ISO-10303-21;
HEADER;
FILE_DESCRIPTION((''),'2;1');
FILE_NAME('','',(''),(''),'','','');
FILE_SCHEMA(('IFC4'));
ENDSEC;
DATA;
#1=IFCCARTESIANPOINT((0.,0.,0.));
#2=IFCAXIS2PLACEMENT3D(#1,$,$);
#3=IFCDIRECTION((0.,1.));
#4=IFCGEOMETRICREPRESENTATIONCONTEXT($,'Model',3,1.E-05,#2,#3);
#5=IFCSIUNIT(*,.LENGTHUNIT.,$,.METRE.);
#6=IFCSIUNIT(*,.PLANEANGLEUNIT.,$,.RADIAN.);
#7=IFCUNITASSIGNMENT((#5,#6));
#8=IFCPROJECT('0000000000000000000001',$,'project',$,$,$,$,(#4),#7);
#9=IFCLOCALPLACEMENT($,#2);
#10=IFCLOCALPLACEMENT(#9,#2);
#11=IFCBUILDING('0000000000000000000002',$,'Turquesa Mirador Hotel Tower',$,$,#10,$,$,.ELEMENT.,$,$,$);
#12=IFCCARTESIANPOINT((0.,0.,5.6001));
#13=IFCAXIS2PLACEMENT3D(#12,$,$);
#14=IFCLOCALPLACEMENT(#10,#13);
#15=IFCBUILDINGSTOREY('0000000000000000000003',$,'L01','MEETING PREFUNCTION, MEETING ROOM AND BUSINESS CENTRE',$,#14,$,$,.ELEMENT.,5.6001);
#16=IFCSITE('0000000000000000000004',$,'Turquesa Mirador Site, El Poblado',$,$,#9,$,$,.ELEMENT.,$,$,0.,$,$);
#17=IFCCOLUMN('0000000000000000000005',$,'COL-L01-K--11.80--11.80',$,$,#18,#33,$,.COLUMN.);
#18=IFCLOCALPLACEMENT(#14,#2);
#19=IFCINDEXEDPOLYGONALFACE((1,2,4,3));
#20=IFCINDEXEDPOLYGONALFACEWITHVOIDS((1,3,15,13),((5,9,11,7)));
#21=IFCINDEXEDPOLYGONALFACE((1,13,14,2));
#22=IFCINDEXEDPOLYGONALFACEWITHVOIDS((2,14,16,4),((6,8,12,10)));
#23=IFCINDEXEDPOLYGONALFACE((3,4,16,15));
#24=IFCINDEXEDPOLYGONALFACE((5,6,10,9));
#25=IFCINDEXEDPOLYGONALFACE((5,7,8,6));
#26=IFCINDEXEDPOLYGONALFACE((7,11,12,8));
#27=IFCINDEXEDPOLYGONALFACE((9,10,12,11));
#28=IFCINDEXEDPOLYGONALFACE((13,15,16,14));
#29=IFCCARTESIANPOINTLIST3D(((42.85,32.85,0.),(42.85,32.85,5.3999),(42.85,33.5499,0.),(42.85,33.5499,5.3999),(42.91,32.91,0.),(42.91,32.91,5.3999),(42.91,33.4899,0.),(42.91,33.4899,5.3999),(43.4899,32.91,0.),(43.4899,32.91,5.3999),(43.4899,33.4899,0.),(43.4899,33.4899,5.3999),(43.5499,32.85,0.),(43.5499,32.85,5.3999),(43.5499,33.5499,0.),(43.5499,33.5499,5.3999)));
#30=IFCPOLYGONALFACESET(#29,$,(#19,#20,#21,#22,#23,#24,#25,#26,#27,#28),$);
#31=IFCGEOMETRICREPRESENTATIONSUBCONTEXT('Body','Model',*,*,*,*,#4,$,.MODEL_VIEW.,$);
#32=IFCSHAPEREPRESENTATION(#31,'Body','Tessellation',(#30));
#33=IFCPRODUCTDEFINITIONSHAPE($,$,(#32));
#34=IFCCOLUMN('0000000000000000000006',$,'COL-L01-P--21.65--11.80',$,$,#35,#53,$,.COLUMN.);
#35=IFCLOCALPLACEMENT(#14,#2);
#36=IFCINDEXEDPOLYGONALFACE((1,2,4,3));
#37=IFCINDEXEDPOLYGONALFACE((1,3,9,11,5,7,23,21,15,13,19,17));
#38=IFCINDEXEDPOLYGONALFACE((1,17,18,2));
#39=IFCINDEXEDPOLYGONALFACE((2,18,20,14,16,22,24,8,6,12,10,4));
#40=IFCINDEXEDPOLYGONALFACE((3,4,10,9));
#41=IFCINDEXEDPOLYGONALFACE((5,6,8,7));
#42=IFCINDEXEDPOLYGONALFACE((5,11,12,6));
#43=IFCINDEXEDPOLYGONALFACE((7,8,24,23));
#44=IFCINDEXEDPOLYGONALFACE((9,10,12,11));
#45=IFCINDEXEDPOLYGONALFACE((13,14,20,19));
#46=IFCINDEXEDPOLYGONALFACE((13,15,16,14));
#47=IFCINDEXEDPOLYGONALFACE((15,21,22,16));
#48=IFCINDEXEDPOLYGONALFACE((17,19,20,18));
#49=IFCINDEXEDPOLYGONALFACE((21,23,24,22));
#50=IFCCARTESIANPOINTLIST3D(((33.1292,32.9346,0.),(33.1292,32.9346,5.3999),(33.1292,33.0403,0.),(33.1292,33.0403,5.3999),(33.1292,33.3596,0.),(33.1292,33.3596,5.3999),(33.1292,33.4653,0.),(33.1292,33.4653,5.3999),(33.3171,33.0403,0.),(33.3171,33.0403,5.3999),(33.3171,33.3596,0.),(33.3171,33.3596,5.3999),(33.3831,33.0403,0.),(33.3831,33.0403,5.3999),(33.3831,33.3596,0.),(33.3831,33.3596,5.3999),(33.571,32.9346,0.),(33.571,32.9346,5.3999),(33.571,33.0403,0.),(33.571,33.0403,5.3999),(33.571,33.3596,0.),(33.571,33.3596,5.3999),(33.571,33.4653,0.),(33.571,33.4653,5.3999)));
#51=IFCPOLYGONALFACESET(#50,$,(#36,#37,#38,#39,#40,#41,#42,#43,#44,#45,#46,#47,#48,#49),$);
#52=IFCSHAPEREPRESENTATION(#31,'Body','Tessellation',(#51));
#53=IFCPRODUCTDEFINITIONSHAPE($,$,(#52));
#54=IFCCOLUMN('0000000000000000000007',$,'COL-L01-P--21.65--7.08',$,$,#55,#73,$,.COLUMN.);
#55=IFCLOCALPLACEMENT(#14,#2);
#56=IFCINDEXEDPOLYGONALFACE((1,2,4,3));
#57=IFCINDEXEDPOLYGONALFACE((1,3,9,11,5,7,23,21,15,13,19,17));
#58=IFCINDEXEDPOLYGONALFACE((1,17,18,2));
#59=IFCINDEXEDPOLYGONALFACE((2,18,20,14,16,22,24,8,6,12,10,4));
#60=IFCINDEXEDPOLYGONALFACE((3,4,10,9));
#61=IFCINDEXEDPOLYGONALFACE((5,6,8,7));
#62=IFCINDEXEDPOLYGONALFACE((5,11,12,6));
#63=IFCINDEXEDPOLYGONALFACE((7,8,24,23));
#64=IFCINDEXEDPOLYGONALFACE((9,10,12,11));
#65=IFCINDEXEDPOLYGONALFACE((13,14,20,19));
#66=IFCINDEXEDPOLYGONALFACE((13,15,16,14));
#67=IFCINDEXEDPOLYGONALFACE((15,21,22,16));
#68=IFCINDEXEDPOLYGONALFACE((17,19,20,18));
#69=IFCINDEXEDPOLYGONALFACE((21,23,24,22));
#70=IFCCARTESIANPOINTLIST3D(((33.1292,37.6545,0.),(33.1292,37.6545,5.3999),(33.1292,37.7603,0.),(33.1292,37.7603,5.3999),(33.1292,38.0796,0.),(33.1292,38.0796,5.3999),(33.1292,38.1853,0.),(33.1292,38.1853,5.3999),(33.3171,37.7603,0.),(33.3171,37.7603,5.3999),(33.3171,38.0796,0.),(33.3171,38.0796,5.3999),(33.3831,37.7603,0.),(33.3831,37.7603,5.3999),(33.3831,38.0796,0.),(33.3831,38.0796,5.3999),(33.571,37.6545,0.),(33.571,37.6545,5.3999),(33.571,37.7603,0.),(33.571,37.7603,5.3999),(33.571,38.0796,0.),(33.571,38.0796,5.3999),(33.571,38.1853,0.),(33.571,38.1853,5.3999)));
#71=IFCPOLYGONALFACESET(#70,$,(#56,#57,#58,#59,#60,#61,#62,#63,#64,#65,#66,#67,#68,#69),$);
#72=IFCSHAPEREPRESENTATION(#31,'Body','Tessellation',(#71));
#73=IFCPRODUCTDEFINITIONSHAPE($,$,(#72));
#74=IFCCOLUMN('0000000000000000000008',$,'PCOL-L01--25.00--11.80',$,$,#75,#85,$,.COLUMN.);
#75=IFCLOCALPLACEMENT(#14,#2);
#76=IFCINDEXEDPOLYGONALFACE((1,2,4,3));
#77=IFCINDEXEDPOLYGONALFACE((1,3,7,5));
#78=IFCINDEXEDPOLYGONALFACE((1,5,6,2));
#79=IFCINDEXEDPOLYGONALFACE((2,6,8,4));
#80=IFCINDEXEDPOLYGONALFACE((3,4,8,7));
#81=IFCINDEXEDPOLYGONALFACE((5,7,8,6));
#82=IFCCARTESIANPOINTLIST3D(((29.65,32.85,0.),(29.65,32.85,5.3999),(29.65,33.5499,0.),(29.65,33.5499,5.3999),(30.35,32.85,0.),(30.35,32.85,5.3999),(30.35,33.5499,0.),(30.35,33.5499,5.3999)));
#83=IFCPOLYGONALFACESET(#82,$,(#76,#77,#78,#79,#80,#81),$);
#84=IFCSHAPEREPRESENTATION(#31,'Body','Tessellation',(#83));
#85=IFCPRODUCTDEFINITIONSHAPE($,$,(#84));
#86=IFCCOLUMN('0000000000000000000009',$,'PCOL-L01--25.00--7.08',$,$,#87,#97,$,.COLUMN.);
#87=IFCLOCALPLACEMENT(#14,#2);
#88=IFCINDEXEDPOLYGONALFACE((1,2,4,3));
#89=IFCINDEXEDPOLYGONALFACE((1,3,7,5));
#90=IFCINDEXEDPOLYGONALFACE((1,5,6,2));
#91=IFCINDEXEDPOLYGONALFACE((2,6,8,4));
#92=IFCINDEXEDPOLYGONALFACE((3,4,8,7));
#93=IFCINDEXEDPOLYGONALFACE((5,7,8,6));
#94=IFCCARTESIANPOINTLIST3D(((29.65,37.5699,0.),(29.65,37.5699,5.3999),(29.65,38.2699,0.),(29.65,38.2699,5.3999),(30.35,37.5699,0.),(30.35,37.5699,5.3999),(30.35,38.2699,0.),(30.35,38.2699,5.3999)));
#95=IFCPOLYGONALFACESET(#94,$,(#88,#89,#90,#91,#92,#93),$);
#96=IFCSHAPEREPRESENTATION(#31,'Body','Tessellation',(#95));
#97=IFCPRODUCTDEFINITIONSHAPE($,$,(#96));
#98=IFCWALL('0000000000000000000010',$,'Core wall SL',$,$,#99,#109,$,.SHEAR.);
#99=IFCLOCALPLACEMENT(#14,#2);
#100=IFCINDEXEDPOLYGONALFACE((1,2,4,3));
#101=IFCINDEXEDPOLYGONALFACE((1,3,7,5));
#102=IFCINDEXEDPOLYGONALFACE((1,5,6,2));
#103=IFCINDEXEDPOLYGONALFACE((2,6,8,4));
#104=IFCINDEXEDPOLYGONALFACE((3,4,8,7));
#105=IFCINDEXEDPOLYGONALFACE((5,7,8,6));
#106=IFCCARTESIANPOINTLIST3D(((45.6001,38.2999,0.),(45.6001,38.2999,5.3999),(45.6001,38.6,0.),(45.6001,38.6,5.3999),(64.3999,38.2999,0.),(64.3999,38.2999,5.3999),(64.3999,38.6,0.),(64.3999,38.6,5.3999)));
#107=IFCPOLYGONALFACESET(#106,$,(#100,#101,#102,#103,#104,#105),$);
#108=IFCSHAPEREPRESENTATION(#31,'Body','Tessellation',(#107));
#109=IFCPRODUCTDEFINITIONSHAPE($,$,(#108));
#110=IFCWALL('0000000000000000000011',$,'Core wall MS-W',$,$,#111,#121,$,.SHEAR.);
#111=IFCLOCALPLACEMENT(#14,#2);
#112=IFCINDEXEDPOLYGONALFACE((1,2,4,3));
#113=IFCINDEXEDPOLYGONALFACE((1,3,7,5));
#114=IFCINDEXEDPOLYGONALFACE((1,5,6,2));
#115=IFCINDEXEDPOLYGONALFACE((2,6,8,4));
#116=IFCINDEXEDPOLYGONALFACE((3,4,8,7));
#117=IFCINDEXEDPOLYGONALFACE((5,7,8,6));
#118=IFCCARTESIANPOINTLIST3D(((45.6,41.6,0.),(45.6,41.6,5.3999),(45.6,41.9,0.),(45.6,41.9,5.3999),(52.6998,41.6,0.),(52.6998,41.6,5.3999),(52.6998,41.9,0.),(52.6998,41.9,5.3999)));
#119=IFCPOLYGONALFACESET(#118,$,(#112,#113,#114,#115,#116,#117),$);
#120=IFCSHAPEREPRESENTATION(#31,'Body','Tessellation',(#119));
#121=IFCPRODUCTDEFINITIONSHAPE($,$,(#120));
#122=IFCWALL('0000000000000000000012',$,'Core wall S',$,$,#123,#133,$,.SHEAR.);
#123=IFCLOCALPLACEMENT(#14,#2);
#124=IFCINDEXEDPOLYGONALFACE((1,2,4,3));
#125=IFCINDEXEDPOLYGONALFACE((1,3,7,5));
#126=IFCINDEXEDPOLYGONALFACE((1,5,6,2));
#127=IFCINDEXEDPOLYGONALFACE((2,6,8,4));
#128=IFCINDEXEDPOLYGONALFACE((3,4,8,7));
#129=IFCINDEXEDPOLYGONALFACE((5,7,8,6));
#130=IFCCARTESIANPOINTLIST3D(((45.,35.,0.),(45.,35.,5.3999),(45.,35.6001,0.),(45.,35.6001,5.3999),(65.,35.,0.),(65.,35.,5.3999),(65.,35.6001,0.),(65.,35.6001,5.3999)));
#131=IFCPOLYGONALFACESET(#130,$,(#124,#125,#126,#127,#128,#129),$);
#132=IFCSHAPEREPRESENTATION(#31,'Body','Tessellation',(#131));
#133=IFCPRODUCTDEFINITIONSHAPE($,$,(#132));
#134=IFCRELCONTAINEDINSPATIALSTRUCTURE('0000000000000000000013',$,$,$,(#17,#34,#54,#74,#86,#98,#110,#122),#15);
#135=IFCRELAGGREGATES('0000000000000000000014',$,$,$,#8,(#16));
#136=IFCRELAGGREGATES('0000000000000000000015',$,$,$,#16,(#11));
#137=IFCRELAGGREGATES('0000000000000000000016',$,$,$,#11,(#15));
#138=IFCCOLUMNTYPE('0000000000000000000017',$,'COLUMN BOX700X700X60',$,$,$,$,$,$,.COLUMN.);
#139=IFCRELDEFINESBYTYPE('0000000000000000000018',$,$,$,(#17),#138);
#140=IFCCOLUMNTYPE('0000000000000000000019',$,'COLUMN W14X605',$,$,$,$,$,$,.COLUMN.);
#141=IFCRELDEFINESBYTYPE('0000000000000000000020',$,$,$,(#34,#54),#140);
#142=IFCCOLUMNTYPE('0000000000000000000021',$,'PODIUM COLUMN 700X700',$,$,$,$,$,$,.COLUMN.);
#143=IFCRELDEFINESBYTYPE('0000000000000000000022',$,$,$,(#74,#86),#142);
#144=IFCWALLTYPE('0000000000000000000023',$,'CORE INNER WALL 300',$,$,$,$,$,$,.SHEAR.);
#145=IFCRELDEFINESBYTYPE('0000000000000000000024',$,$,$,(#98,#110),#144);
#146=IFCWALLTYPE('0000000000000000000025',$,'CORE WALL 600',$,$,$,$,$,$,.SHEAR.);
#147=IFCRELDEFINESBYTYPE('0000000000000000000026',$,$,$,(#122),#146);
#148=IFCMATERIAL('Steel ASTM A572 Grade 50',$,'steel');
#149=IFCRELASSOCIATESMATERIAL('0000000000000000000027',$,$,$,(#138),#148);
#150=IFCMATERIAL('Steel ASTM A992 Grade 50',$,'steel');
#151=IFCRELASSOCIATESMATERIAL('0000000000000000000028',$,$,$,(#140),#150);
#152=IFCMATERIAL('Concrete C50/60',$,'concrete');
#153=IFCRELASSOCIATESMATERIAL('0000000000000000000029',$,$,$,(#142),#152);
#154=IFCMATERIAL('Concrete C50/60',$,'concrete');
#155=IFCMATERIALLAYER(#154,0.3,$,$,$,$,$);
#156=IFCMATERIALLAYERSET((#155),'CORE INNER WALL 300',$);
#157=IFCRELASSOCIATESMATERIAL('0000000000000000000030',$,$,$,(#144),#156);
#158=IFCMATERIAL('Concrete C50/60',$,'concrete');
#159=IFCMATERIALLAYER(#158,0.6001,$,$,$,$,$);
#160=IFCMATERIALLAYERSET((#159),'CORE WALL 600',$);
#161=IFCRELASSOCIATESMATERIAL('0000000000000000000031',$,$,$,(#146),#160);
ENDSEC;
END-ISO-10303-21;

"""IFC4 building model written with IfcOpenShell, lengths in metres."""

from ifc_helpers import new_model, si_unit, direction, frame, frame_2d, origin, origin_2d, place, context, subcontext, project, spatial, rectangle, hollow_rectangle, i_section, extrude, material, layer, layer_set, material_profile, profile_set, type_object, element, save


model = new_model("IFC4")

# Units and contexts
model_context = context("Model", 3, precision=1e-05, world=origin(), true_north=direction((0.0, 1.0)))
body_context = subcontext(model_context, "Body", "Model", "MODEL_VIEW")
ifc_project = project(units=[si_unit("LENGTHUNIT", "METRE"), si_unit("PLANEANGLEUNIT", "RADIAN")], contexts=[model_context])

# Site, building, storey
site_placement = place(None, origin())
site = spatial("IfcSite", under=ifc_project, at=site_placement, Name="Turquesa Mirador Site, El Poblado", CompositionType="ELEMENT", RefElevation=0.0)
building_placement = place(site_placement, origin())
building = spatial("IfcBuilding", under=site, at=building_placement, Name="Turquesa Mirador Hotel Tower", CompositionType="ELEMENT")
storey_placement = place(building_placement, frame((0.0, 0.0, 5.6001)))
storey = spatial("IfcBuildingStorey", under=building, at=storey_placement, Name="L01", Description="MEETING PREFUNCTION, MEETING ROOM AND BUSINESS CENTRE", CompositionType="ELEMENT", Elevation=5.6001)

# Columns
ifc_material_1 = material(Name="Steel ASTM A572 Grade 50", Category="steel")
ifc_material_profile_1 = material_profile(ifc_material_1, hollow_rectangle(XDim=0.7, YDim=0.7, WallThickness=0.0601, at=origin_2d()), Name="BOX700X700X60")
ifc_profile_set_1 = profile_set([ifc_material_profile_1], Name="Steel ASTM A572 Grade 50")
column_type_1 = type_object("IfcColumnType", Name="COLUMN BOX700X700X60", PredefinedType="COLUMN", material=ifc_profile_set_1)
column_placement = place(storey_placement, frame((43.2, 33.2, 0.0), z_axis=(0.0, 0.0, 1.0), x_axis=(1.0, 0.0, 0.0)))
element("IfcColumn", 1, at=column_placement, inside=storey, type_object=column_type_1, Name="COL-L01-K--11.80--11.80", PredefinedType="COLUMN", context=body_context, shape_type="SweptSolid", body=[
    extrude(hollow_rectangle(XDim=0.7, YDim=0.7, WallThickness=0.0601, at=origin_2d()), origin(), (0.0, 0.0, 1.0), 5.3999),
])
ifc_material_2 = material(Name="Steel ASTM A992 Grade 50", Category="steel")
ifc_material_profile_2 = material_profile(ifc_material_2, i_section(OverallWidth=0.4419, OverallDepth=0.5308, WebThickness=0.0659, FlangeThickness=0.1057, at=origin_2d()), Name="W14X605")
ifc_profile_set_2 = profile_set([ifc_material_profile_2], Name="Steel ASTM A992 Grade 50")
column_type_2 = type_object("IfcColumnType", Name="COLUMN W14X605", PredefinedType="COLUMN", material=ifc_profile_set_2)
for number, where, z_axis, x_axis, name in (
    (2, (33.3501, 33.2, 0.0), (0.0, 0.0, 1.0), (1.0, 0.0, 0.0), "COL-L01-P--21.65--11.80"),
    (3, (33.3501, 37.9199, 0.0), (0.0, 0.0, 1.0), (1.0, 0.0, 0.0), "COL-L01-P--21.65--7.08"),
):
    element("IfcColumn", number, at=place(storey_placement, frame(where, z_axis=z_axis, x_axis=x_axis)), inside=storey, type_object=column_type_2, Name=name, PredefinedType="COLUMN", context=body_context, shape_type="SweptSolid", body=[
        extrude(i_section(OverallWidth=0.4419, OverallDepth=0.5308, WebThickness=0.0659, FlangeThickness=0.1057, at=origin_2d()), origin(), (0.0, 0.0, 1.0), 5.3999),
    ])
ifc_material_3 = material(Name="Concrete C50/60", Category="concrete")
ifc_material_profile_3 = material_profile(ifc_material_3, rectangle(XDim=0.7, YDim=0.7, at=origin_2d()), Name="RC 700X700")
ifc_profile_set_3 = profile_set([ifc_material_profile_3], Name="Concrete C50/60")
column_type_3 = type_object("IfcColumnType", Name="PODIUM COLUMN 700X700", PredefinedType="COLUMN", material=ifc_profile_set_3)
for number, where, z_axis, x_axis, name in (
    (4, (30.0, 33.2, 0.0), (0.0, 0.0, 1.0), (1.0, 0.0, 0.0), "PCOL-L01--25.00--11.80"),
    (5, (30.0, 37.9199, 0.0), (0.0, 0.0, 1.0), (1.0, 0.0, 0.0), "PCOL-L01--25.00--7.08"),
):
    element("IfcColumn", number, at=place(storey_placement, frame(where, z_axis=z_axis, x_axis=x_axis)), inside=storey, type_object=column_type_3, Name=name, PredefinedType="COLUMN", context=body_context, shape_type="SweptSolid", body=[
        extrude(rectangle(XDim=0.7, YDim=0.7, at=origin_2d()), origin(), (0.0, 0.0, 1.0), 5.3999),
    ])

# Walls
ifc_material_4 = material(Name="Concrete C50/60", Category="concrete")
ifc_layer_1 = layer(ifc_material_4, 0.3)
ifc_layer_set_1 = layer_set([ifc_layer_1], Name="CORE INNER WALL 300")
wall_type_1 = type_object("IfcWallType", Name="CORE INNER WALL 300", PredefinedType="SHEAR", material=ifc_layer_set_1)
wall_1_placement = place(storey_placement, frame((45.6001, 38.45, 0.0), z_axis=(0.0, 0.0, 1.0), x_axis=(1.0, 0.0, 0.0)))
element("IfcWall", 6, at=wall_1_placement, inside=storey, type_object=wall_type_1, Name="Core wall SL", PredefinedType="SHEAR", context=body_context, shape_type="SweptSolid", body=[
    extrude(rectangle(XDim=18.7998, YDim=0.3, at=frame_2d((9.3999, 0.0))), origin(), (0.0, 0.0, 1.0), 5.3999),
])
wall_2_placement = place(storey_placement, frame((45.6001, 41.75, 0.0), z_axis=(0.0, 0.0, 1.0), x_axis=(1.0, 0.0, 0.0)))
element("IfcWall", 7, at=wall_2_placement, inside=storey, type_object=wall_type_1, Name="Core wall MS-W", PredefinedType="SHEAR", context=body_context, shape_type="SweptSolid", body=[
    extrude(rectangle(XDim=7.0999, YDim=0.3, at=frame_2d((3.5498, 0.0))), origin(), (0.0, 0.0, 1.0), 5.3999),
])
ifc_material_5 = material(Name="Concrete C50/60", Category="concrete")
ifc_layer_2 = layer(ifc_material_5, 0.6001)
ifc_layer_set_2 = layer_set([ifc_layer_2], Name="CORE WALL 600")
wall_type_2 = type_object("IfcWallType", Name="CORE WALL 600", PredefinedType="SHEAR", material=ifc_layer_set_2)
wall_3_placement = place(storey_placement, frame((45.0, 35.3, 0.0), z_axis=(0.0, 0.0, 1.0), x_axis=(1.0, 0.0, 0.0)))
element("IfcWall", 8, at=wall_3_placement, inside=storey, type_object=wall_type_2, Name="Core wall S", PredefinedType="SHEAR", context=body_context, shape_type="SweptSolid", body=[
    extrude(rectangle(XDim=20.0, YDim=0.6001, at=frame_2d((10.0, 0.0))), origin(), (0.0, 0.0, 1.0), 5.3999),
])

save(model, "model.ifc")
